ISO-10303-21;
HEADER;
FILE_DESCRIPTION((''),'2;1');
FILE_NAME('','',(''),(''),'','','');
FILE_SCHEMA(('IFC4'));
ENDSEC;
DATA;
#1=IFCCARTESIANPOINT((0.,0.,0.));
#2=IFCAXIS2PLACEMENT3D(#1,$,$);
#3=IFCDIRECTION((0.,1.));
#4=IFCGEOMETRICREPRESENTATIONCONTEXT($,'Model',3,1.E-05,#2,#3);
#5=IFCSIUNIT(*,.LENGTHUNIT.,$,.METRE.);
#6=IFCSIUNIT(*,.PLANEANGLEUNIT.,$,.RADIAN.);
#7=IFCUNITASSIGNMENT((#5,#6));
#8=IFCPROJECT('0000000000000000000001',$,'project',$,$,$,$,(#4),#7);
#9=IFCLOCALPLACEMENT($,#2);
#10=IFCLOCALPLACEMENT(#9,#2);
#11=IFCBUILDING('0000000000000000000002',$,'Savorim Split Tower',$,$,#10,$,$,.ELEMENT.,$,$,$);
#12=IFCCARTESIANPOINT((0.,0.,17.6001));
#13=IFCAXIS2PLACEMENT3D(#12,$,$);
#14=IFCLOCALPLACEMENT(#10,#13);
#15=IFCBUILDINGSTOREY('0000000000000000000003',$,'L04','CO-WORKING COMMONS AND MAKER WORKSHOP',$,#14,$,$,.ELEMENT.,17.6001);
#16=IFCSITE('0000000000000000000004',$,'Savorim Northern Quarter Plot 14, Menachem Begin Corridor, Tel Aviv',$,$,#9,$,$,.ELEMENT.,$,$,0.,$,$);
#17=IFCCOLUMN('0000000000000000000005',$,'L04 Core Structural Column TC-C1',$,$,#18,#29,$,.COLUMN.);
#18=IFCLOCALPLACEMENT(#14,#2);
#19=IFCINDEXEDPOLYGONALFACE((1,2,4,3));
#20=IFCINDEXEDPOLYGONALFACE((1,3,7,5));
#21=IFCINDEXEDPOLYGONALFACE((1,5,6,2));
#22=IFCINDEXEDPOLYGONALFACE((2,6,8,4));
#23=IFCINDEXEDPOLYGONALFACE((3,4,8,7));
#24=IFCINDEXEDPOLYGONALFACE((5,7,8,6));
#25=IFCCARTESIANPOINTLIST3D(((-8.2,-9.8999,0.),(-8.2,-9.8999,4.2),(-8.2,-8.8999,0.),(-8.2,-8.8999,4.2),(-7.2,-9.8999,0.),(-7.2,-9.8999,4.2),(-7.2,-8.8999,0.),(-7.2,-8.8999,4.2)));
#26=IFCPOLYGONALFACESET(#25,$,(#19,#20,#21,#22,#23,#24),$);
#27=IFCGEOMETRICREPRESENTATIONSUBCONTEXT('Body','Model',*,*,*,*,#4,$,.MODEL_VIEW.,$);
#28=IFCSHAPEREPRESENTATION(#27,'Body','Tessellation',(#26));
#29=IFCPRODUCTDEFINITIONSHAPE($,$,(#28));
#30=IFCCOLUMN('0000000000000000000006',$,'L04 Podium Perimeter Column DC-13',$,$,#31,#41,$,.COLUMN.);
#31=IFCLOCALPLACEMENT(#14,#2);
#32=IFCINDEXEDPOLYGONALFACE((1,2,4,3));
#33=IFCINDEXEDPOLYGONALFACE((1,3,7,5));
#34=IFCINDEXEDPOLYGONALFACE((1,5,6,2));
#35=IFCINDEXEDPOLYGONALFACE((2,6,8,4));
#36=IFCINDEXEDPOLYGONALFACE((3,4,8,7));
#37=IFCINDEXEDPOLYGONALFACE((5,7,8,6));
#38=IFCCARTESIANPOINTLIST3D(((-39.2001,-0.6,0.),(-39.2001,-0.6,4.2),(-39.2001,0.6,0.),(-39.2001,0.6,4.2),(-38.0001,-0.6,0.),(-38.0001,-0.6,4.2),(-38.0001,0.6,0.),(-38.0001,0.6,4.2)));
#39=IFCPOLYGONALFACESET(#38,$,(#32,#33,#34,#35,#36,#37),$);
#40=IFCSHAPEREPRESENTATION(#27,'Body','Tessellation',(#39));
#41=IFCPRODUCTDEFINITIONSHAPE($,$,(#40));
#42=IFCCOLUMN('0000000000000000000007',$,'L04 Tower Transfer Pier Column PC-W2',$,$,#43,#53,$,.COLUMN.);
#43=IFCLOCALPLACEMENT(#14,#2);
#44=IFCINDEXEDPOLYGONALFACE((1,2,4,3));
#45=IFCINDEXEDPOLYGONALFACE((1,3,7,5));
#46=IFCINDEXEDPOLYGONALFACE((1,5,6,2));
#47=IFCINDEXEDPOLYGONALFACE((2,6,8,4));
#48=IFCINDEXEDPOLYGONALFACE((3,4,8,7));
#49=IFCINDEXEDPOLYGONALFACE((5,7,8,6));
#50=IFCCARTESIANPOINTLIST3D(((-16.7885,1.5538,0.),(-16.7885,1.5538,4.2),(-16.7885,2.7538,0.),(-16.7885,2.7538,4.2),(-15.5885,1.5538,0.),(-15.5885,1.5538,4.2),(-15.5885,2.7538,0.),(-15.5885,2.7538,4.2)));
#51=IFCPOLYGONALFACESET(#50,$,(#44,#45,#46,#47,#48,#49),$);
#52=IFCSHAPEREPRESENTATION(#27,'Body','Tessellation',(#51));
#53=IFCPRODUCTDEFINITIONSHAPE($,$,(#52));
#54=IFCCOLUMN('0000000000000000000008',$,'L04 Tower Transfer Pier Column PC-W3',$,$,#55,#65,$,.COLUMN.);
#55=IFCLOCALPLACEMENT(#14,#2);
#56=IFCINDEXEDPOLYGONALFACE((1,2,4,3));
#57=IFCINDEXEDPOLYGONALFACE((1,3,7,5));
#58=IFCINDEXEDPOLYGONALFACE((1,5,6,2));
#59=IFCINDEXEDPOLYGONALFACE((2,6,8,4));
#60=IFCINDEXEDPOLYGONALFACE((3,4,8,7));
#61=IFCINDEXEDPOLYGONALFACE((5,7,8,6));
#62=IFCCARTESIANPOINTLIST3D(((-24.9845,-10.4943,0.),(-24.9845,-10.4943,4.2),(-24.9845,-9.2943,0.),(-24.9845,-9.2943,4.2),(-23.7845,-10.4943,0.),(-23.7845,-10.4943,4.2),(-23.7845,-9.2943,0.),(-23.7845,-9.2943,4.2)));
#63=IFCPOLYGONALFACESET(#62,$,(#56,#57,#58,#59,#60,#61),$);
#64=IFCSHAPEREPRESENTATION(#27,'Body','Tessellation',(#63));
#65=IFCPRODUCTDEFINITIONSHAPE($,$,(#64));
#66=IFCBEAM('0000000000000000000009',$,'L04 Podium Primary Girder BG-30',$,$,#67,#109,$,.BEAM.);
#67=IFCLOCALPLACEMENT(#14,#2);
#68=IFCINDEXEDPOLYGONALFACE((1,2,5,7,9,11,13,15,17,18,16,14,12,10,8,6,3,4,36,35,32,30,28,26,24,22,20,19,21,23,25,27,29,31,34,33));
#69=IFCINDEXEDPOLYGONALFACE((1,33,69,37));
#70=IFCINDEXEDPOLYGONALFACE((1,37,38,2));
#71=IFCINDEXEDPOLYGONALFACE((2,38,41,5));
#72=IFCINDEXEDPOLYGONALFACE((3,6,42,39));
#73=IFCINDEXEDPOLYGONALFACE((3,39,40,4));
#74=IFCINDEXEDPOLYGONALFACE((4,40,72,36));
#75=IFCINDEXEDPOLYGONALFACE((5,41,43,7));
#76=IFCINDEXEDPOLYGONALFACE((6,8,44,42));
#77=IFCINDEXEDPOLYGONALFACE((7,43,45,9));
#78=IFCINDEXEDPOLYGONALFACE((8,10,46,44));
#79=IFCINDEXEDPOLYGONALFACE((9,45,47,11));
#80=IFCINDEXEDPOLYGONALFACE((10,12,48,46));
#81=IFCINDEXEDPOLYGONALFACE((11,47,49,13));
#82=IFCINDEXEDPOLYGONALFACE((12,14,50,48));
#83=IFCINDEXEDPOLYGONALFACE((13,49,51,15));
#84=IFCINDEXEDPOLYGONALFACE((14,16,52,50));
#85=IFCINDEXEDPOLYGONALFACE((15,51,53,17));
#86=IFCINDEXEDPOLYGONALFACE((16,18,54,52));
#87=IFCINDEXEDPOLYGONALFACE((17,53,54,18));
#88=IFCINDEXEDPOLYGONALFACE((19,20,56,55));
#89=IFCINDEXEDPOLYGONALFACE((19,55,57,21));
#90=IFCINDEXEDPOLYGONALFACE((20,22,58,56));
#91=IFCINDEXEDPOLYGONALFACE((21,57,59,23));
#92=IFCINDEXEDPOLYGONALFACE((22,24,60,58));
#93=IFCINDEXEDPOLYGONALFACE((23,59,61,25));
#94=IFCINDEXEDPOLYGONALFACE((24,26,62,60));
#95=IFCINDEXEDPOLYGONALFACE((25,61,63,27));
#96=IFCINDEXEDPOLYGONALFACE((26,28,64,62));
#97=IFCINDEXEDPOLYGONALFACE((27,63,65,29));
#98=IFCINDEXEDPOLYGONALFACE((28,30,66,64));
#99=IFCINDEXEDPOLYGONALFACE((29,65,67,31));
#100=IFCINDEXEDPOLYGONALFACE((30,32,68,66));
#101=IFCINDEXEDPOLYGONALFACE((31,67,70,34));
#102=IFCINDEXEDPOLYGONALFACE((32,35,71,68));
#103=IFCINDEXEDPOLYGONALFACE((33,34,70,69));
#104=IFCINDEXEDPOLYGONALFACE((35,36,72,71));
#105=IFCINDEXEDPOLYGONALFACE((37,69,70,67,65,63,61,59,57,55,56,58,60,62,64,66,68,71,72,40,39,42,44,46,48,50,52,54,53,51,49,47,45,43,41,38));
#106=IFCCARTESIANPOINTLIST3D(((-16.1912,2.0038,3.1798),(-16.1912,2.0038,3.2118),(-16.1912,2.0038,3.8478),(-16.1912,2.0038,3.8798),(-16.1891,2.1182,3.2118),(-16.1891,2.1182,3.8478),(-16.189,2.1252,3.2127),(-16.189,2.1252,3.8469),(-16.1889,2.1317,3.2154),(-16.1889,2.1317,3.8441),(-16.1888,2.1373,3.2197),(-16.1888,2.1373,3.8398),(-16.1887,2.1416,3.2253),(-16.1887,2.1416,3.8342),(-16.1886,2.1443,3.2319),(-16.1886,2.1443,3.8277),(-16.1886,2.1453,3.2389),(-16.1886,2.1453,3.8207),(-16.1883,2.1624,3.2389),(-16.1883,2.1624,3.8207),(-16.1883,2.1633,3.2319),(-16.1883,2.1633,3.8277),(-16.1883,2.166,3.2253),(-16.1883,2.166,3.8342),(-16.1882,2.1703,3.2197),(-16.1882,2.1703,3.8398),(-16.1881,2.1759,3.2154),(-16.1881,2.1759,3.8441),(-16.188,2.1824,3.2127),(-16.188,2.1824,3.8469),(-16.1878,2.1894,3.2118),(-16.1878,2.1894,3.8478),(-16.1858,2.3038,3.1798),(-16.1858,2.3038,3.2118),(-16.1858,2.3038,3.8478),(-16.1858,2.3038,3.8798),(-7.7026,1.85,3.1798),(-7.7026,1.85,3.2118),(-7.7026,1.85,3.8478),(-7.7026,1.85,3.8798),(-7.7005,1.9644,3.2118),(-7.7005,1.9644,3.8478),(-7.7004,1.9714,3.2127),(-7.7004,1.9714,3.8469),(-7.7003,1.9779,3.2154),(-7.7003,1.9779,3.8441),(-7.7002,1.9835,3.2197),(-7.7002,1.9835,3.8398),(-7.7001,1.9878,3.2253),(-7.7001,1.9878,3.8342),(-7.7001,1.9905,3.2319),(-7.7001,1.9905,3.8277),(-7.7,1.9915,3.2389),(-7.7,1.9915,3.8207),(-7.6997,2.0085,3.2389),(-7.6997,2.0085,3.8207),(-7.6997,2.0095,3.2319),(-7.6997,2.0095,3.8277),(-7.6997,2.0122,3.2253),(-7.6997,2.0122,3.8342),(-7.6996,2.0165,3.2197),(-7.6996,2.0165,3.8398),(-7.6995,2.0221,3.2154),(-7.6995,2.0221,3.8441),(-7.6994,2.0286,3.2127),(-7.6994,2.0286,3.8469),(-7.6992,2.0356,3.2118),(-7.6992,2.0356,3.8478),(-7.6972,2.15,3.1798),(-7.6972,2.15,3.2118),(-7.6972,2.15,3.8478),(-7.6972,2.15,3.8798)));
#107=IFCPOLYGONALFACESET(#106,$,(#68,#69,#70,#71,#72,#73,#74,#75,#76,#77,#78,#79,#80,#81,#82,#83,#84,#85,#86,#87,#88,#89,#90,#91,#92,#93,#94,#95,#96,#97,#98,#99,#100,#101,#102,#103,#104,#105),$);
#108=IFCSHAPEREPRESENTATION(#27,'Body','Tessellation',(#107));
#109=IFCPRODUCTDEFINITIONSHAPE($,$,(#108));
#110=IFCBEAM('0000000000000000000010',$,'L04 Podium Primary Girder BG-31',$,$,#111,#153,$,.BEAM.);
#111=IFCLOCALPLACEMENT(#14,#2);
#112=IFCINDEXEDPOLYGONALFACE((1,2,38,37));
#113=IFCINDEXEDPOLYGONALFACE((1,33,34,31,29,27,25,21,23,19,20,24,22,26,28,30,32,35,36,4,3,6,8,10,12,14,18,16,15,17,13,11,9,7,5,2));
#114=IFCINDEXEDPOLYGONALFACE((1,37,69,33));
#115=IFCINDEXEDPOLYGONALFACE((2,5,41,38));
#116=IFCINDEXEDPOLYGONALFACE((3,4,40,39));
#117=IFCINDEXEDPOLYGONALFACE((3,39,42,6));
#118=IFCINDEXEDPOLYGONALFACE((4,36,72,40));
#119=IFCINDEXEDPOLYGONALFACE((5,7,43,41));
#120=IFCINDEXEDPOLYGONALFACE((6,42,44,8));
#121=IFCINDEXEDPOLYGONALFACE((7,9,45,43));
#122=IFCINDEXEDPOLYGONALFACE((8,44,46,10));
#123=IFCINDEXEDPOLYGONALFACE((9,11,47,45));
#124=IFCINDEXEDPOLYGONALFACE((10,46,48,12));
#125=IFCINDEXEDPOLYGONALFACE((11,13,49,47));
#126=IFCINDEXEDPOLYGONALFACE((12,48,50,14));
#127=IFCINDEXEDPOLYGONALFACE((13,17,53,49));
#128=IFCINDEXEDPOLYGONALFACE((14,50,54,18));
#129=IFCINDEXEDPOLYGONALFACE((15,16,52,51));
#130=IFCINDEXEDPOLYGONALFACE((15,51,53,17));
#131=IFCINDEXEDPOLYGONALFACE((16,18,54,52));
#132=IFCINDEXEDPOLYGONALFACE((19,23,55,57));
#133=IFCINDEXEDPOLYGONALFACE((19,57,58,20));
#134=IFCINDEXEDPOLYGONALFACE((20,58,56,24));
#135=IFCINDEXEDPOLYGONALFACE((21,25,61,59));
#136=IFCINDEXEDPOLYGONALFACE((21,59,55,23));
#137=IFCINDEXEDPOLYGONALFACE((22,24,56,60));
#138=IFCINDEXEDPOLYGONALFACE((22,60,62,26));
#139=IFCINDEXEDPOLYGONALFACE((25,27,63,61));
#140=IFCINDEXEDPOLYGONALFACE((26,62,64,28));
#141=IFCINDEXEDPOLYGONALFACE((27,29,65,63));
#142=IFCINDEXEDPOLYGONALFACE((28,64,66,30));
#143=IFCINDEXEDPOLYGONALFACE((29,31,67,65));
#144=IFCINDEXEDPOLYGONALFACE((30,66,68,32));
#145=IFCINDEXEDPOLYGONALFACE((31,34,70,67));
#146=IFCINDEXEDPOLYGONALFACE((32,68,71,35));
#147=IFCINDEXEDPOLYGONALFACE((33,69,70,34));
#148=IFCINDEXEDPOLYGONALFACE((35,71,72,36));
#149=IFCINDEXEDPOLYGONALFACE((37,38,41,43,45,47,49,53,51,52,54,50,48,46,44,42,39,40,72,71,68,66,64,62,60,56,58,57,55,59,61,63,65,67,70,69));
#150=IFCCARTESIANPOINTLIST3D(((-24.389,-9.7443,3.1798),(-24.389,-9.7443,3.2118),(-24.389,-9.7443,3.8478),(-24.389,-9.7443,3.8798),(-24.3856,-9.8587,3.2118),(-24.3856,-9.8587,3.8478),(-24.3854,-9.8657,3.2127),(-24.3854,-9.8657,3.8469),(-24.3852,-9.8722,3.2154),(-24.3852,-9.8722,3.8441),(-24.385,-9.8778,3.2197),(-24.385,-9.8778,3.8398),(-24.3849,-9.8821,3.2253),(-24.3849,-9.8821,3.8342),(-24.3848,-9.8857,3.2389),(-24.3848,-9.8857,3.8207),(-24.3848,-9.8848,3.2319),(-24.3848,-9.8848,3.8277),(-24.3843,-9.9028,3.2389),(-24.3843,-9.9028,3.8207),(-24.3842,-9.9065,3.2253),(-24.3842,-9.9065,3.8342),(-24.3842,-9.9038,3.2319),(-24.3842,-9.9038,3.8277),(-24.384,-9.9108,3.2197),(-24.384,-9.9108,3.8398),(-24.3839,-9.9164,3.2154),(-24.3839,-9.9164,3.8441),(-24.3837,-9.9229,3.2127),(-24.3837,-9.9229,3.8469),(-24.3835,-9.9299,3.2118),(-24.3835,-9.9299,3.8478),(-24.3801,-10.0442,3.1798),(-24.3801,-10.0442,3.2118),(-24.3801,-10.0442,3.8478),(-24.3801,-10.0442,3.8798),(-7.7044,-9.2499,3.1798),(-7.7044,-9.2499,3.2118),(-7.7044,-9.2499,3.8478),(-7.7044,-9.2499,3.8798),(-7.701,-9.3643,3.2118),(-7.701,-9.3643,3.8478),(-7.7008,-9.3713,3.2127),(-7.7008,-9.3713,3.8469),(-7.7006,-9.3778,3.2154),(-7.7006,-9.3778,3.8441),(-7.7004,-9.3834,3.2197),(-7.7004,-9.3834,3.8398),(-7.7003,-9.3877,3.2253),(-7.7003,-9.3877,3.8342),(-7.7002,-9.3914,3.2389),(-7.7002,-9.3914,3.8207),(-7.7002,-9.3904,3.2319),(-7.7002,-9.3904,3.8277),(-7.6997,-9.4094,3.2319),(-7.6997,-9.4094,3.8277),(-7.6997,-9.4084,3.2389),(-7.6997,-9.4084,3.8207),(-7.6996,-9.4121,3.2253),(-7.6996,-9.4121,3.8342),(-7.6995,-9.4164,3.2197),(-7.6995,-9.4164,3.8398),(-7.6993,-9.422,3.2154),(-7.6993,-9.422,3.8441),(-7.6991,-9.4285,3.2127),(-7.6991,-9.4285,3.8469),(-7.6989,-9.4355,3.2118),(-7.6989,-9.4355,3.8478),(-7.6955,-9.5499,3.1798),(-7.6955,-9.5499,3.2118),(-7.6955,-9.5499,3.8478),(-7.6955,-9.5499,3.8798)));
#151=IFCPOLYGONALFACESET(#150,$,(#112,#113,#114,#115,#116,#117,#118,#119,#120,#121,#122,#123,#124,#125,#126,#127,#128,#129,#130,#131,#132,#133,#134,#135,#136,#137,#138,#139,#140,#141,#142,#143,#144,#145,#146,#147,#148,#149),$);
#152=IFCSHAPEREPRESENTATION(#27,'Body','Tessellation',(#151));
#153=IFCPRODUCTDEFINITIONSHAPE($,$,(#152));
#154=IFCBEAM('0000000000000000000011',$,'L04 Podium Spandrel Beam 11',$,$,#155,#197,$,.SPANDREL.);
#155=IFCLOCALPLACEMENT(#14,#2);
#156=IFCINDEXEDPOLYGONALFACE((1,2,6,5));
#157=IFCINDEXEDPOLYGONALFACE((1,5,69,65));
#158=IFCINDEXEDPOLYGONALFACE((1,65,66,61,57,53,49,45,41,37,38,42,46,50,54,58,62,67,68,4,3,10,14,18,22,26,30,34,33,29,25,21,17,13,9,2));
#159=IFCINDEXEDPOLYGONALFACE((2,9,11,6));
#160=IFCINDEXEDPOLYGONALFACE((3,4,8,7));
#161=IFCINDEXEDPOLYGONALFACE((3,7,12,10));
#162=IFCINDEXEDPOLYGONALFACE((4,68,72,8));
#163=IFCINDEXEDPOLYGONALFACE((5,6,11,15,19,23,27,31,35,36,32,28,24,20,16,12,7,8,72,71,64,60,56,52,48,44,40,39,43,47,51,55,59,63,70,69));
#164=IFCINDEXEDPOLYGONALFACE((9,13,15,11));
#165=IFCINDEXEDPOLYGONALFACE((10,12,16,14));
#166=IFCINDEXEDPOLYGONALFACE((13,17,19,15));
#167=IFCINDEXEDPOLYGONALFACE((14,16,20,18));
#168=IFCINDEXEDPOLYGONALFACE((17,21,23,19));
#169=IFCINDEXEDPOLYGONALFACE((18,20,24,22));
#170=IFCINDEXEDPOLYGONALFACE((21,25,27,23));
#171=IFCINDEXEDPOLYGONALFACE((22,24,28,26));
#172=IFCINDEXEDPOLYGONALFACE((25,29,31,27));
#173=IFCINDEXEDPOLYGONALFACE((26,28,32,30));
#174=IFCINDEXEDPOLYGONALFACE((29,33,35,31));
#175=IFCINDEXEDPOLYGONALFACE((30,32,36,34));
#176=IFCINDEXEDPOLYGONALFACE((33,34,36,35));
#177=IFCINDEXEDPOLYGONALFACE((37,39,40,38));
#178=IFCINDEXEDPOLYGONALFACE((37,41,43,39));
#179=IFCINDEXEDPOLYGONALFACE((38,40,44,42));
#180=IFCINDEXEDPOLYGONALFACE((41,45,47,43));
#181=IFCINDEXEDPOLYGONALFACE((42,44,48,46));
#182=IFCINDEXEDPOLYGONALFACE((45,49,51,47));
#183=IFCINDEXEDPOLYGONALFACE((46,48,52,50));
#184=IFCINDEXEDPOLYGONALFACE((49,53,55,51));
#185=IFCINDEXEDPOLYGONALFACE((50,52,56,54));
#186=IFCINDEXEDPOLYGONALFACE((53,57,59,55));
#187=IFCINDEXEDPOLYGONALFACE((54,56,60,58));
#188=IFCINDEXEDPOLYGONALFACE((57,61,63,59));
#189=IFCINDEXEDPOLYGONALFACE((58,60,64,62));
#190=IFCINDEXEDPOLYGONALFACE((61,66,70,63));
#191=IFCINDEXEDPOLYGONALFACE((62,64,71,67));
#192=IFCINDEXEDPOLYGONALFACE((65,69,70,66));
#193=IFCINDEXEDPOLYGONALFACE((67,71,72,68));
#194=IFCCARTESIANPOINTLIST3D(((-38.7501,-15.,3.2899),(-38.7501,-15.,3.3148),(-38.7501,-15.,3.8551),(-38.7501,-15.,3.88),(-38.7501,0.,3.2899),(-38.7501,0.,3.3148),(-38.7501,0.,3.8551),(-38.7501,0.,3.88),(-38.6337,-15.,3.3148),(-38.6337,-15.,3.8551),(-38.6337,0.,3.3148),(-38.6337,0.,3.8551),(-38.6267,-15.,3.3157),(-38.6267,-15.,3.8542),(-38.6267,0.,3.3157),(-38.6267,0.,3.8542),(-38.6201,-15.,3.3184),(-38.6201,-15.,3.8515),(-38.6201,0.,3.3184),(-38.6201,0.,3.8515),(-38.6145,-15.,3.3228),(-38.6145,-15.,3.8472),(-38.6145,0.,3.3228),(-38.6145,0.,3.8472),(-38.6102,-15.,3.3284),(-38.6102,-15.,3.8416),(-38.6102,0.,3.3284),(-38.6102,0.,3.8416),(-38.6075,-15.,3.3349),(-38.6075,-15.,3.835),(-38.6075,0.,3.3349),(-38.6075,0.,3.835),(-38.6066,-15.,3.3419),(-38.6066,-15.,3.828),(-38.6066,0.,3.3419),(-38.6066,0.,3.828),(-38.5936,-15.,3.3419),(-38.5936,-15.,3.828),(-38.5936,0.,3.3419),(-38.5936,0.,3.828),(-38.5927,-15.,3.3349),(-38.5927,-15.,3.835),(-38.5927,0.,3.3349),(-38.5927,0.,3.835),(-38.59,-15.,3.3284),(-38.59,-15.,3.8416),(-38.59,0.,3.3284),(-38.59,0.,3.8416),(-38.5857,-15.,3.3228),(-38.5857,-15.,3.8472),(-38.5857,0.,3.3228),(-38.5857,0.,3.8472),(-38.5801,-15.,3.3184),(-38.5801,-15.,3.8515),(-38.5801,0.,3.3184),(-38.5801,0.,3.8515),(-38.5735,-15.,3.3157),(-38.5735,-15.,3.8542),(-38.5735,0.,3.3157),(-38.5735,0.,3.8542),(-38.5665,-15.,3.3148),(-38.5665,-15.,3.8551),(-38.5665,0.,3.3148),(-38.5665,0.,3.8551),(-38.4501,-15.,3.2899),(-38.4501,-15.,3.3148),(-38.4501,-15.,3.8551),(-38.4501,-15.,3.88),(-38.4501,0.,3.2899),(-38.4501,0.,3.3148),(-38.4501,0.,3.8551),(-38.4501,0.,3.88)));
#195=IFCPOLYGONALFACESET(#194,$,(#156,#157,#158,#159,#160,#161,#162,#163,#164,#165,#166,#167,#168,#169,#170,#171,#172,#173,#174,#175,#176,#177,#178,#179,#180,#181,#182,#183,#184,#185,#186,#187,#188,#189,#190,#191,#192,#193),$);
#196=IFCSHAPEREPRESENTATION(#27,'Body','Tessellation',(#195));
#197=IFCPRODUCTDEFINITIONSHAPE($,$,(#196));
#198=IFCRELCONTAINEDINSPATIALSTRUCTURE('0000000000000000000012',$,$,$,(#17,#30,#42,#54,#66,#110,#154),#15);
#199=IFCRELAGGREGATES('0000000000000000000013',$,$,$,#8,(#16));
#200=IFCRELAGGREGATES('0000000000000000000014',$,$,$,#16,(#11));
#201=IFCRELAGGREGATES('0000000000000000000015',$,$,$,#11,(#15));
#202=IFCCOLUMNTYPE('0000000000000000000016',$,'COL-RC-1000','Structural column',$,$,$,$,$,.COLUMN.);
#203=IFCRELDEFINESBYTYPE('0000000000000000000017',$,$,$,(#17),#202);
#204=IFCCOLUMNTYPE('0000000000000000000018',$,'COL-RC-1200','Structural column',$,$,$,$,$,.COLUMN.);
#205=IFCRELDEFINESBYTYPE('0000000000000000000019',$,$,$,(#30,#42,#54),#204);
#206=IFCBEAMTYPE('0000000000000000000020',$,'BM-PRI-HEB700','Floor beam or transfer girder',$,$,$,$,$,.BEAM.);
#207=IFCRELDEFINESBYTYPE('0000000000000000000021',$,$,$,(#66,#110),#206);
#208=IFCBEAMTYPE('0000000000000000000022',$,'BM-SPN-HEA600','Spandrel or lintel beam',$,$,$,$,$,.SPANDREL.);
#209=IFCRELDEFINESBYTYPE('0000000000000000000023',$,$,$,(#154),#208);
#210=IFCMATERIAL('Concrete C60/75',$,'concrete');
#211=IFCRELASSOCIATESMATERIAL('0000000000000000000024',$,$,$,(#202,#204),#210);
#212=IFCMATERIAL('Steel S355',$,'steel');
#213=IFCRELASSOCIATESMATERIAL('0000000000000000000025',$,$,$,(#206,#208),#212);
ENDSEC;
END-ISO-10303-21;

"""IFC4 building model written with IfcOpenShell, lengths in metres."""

from ifc_helpers import new_model, si_unit, direction, frame, origin, origin_2d, place, context, subcontext, project, spatial, rectangle, i_section, extrude, material, material_profile, profile_set, type_object, element, save


model = new_model("IFC4")

# Units and contexts
model_context = context("Model", 3, precision=1e-05, world=origin(), true_north=direction((0.0, 1.0)))
body_context = subcontext(model_context, "Body", "Model", "MODEL_VIEW")
ifc_project = project(units=[si_unit("LENGTHUNIT", "METRE"), si_unit("PLANEANGLEUNIT", "RADIAN")], contexts=[model_context])

# Site, building, storey
site_placement = place(None, origin())
site = spatial("IfcSite", under=ifc_project, at=site_placement, Name="Savorim Northern Quarter Plot 14, Menachem Begin Corridor, Tel Aviv", CompositionType="ELEMENT", RefElevation=0.0)
building_placement = place(site_placement, origin())
building = spatial("IfcBuilding", under=site, at=building_placement, Name="Savorim Split Tower", CompositionType="ELEMENT")
storey_placement = place(building_placement, frame((0.0, 0.0, 17.6001)))
storey = spatial("IfcBuildingStorey", under=building, at=storey_placement, Name="L04", Description="CO-WORKING COMMONS AND MAKER WORKSHOP", CompositionType="ELEMENT", Elevation=17.6001)

# Columns
ifc_material_1 = material(Name="Concrete C60/75", Category="concrete")
ifc_material_profile_1 = material_profile(ifc_material_1, rectangle(XDim=1.0, YDim=1.0, at=origin_2d()), Name="RC 1000x1000")
ifc_profile_set_1 = profile_set([ifc_material_profile_1], Name="Concrete C60/75")
column_type_1 = type_object("IfcColumnType", Name="COL-RC-1000", Description="Structural column", PredefinedType="COLUMN", material=ifc_profile_set_1)
column_placement = place(storey_placement, frame((-7.7, -9.3999, 0.0), z_axis=(0.0, 0.0, 1.0), x_axis=(1.0, 0.0, 0.0)))
element("IfcColumn", 1, at=column_placement, inside=storey, type_object=column_type_1, Name="L04 Core Structural Column TC-C1", PredefinedType="COLUMN", context=body_context, shape_type="SweptSolid", body=[
    extrude(rectangle(XDim=1.0, YDim=1.0, at=origin_2d()), origin(), (0.0, 0.0, 1.0), 4.2),
])
ifc_material_profile_2 = material_profile(ifc_material_1, rectangle(XDim=1.2, YDim=1.2, at=origin_2d()), Name="RC 1200x1200")
ifc_profile_set_2 = profile_set([ifc_material_profile_2], Name="Concrete C60/75")
column_type_2 = type_object("IfcColumnType", Name="COL-RC-1200", Description="Structural column", PredefinedType="COLUMN", material=ifc_profile_set_2)
for number, where, z_axis, x_axis, name in (
    (2, (-38.6001, 0.0, 0.0), (0.0, 0.0, 1.0), (1.0, 0.0, 0.0), "L04 Podium Perimeter Column DC-13"),
    (3, (-16.1885, 2.1538, 0.0), (0.0, 0.0, 1.0), (1.0, 0.0, 0.0), "L04 Tower Transfer Pier Column PC-W2"),
    (4, (-24.3845, -9.8943, 0.0), (0.0, 0.0, 1.0), (1.0, 0.0, 0.0), "L04 Tower Transfer Pier Column PC-W3"),
):
    element("IfcColumn", number, at=place(storey_placement, frame(where, z_axis=z_axis, x_axis=x_axis)), inside=storey, type_object=column_type_2, Name=name, PredefinedType="COLUMN", context=body_context, shape_type="SweptSolid", body=[
        extrude(rectangle(XDim=1.2, YDim=1.2, at=origin_2d()), origin(), (0.0, 0.0, 1.0), 4.2),
    ])

# Beams
ifc_material_2 = material(Name="Steel S355", Category="steel")
ifc_material_profile_3 = material_profile(ifc_material_2, i_section(OverallWidth=0.3, OverallDepth=0.7, WebThickness=0.0171, FlangeThickness=0.032, FilletRadius=0.0271, at=origin_2d()), Name="HEB 700")
ifc_profile_set_3 = profile_set([ifc_material_profile_3], Name="Steel S355")
beam_type_1 = type_object("IfcBeamType", Name="BM-PRI-HEB700", Description="Floor beam or transfer girder", PredefinedType="BEAM", material=ifc_profile_set_3)
beam_1_placement = place(storey_placement, frame((-16.1885, 2.1538, 3.5298), z_axis=(0.999836, -0.018117, 0.0), x_axis=(0.018117, 0.999836, 0.0)))
element("IfcBeam", 5, at=beam_1_placement, inside=storey, type_object=beam_type_1, Name="L04 Podium Primary Girder BG-30", PredefinedType="BEAM", context=body_context, shape_type="SweptSolid", body=[
    extrude(i_section(OverallWidth=0.3, OverallDepth=0.7, WebThickness=0.0171, FlangeThickness=0.032, FilletRadius=0.0271, at=origin_2d()), origin(), (0.0, 0.0, 1.0), 8.49),
])
beam_2_placement = place(storey_placement, frame((-24.3845, -9.8943, 3.5298), z_axis=(0.999561, 0.029618, 0.0), x_axis=(-0.029618, 0.999561, 0.0)))
element("IfcBeam", 6, at=beam_2_placement, inside=storey, type_object=beam_type_1, Name="L04 Podium Primary Girder BG-31", PredefinedType="BEAM", context=body_context, shape_type="SweptSolid", body=[
    extrude(i_section(OverallWidth=0.3, OverallDepth=0.7, WebThickness=0.0171, FlangeThickness=0.032, FilletRadius=0.0271, at=origin_2d()), origin(), (0.0, 0.0, 1.0), 16.6919),
])
ifc_material_profile_4 = material_profile(ifc_material_2, i_section(OverallWidth=0.3, OverallDepth=0.5901, WebThickness=0.0129, FlangeThickness=0.0249, FilletRadius=0.0271, at=origin_2d()), Name="HEA 600")
ifc_profile_set_4 = profile_set([ifc_material_profile_4], Name="Steel S355")
beam_type_2 = type_object("IfcBeamType", Name="BM-SPN-HEA600", Description="Spandrel or lintel beam", PredefinedType="SPANDREL", material=ifc_profile_set_4)
beam_3_placement = place(storey_placement, frame((-38.6001, 0.0, 3.585), z_axis=(0.0, -1.0, 0.0), x_axis=(1.0, 0.0, 0.0)))
element("IfcBeam", 7, at=beam_3_placement, inside=storey, type_object=beam_type_2, Name="L04 Podium Spandrel Beam 11", PredefinedType="SPANDREL", context=body_context, shape_type="SweptSolid", body=[
    extrude(i_section(OverallWidth=0.3, OverallDepth=0.5901, WebThickness=0.0129, FlangeThickness=0.0249, FilletRadius=0.0271, at=origin_2d()), origin(), (0.0, 0.0, 1.0), 15.0),
])

save(model, "model.ifc")
